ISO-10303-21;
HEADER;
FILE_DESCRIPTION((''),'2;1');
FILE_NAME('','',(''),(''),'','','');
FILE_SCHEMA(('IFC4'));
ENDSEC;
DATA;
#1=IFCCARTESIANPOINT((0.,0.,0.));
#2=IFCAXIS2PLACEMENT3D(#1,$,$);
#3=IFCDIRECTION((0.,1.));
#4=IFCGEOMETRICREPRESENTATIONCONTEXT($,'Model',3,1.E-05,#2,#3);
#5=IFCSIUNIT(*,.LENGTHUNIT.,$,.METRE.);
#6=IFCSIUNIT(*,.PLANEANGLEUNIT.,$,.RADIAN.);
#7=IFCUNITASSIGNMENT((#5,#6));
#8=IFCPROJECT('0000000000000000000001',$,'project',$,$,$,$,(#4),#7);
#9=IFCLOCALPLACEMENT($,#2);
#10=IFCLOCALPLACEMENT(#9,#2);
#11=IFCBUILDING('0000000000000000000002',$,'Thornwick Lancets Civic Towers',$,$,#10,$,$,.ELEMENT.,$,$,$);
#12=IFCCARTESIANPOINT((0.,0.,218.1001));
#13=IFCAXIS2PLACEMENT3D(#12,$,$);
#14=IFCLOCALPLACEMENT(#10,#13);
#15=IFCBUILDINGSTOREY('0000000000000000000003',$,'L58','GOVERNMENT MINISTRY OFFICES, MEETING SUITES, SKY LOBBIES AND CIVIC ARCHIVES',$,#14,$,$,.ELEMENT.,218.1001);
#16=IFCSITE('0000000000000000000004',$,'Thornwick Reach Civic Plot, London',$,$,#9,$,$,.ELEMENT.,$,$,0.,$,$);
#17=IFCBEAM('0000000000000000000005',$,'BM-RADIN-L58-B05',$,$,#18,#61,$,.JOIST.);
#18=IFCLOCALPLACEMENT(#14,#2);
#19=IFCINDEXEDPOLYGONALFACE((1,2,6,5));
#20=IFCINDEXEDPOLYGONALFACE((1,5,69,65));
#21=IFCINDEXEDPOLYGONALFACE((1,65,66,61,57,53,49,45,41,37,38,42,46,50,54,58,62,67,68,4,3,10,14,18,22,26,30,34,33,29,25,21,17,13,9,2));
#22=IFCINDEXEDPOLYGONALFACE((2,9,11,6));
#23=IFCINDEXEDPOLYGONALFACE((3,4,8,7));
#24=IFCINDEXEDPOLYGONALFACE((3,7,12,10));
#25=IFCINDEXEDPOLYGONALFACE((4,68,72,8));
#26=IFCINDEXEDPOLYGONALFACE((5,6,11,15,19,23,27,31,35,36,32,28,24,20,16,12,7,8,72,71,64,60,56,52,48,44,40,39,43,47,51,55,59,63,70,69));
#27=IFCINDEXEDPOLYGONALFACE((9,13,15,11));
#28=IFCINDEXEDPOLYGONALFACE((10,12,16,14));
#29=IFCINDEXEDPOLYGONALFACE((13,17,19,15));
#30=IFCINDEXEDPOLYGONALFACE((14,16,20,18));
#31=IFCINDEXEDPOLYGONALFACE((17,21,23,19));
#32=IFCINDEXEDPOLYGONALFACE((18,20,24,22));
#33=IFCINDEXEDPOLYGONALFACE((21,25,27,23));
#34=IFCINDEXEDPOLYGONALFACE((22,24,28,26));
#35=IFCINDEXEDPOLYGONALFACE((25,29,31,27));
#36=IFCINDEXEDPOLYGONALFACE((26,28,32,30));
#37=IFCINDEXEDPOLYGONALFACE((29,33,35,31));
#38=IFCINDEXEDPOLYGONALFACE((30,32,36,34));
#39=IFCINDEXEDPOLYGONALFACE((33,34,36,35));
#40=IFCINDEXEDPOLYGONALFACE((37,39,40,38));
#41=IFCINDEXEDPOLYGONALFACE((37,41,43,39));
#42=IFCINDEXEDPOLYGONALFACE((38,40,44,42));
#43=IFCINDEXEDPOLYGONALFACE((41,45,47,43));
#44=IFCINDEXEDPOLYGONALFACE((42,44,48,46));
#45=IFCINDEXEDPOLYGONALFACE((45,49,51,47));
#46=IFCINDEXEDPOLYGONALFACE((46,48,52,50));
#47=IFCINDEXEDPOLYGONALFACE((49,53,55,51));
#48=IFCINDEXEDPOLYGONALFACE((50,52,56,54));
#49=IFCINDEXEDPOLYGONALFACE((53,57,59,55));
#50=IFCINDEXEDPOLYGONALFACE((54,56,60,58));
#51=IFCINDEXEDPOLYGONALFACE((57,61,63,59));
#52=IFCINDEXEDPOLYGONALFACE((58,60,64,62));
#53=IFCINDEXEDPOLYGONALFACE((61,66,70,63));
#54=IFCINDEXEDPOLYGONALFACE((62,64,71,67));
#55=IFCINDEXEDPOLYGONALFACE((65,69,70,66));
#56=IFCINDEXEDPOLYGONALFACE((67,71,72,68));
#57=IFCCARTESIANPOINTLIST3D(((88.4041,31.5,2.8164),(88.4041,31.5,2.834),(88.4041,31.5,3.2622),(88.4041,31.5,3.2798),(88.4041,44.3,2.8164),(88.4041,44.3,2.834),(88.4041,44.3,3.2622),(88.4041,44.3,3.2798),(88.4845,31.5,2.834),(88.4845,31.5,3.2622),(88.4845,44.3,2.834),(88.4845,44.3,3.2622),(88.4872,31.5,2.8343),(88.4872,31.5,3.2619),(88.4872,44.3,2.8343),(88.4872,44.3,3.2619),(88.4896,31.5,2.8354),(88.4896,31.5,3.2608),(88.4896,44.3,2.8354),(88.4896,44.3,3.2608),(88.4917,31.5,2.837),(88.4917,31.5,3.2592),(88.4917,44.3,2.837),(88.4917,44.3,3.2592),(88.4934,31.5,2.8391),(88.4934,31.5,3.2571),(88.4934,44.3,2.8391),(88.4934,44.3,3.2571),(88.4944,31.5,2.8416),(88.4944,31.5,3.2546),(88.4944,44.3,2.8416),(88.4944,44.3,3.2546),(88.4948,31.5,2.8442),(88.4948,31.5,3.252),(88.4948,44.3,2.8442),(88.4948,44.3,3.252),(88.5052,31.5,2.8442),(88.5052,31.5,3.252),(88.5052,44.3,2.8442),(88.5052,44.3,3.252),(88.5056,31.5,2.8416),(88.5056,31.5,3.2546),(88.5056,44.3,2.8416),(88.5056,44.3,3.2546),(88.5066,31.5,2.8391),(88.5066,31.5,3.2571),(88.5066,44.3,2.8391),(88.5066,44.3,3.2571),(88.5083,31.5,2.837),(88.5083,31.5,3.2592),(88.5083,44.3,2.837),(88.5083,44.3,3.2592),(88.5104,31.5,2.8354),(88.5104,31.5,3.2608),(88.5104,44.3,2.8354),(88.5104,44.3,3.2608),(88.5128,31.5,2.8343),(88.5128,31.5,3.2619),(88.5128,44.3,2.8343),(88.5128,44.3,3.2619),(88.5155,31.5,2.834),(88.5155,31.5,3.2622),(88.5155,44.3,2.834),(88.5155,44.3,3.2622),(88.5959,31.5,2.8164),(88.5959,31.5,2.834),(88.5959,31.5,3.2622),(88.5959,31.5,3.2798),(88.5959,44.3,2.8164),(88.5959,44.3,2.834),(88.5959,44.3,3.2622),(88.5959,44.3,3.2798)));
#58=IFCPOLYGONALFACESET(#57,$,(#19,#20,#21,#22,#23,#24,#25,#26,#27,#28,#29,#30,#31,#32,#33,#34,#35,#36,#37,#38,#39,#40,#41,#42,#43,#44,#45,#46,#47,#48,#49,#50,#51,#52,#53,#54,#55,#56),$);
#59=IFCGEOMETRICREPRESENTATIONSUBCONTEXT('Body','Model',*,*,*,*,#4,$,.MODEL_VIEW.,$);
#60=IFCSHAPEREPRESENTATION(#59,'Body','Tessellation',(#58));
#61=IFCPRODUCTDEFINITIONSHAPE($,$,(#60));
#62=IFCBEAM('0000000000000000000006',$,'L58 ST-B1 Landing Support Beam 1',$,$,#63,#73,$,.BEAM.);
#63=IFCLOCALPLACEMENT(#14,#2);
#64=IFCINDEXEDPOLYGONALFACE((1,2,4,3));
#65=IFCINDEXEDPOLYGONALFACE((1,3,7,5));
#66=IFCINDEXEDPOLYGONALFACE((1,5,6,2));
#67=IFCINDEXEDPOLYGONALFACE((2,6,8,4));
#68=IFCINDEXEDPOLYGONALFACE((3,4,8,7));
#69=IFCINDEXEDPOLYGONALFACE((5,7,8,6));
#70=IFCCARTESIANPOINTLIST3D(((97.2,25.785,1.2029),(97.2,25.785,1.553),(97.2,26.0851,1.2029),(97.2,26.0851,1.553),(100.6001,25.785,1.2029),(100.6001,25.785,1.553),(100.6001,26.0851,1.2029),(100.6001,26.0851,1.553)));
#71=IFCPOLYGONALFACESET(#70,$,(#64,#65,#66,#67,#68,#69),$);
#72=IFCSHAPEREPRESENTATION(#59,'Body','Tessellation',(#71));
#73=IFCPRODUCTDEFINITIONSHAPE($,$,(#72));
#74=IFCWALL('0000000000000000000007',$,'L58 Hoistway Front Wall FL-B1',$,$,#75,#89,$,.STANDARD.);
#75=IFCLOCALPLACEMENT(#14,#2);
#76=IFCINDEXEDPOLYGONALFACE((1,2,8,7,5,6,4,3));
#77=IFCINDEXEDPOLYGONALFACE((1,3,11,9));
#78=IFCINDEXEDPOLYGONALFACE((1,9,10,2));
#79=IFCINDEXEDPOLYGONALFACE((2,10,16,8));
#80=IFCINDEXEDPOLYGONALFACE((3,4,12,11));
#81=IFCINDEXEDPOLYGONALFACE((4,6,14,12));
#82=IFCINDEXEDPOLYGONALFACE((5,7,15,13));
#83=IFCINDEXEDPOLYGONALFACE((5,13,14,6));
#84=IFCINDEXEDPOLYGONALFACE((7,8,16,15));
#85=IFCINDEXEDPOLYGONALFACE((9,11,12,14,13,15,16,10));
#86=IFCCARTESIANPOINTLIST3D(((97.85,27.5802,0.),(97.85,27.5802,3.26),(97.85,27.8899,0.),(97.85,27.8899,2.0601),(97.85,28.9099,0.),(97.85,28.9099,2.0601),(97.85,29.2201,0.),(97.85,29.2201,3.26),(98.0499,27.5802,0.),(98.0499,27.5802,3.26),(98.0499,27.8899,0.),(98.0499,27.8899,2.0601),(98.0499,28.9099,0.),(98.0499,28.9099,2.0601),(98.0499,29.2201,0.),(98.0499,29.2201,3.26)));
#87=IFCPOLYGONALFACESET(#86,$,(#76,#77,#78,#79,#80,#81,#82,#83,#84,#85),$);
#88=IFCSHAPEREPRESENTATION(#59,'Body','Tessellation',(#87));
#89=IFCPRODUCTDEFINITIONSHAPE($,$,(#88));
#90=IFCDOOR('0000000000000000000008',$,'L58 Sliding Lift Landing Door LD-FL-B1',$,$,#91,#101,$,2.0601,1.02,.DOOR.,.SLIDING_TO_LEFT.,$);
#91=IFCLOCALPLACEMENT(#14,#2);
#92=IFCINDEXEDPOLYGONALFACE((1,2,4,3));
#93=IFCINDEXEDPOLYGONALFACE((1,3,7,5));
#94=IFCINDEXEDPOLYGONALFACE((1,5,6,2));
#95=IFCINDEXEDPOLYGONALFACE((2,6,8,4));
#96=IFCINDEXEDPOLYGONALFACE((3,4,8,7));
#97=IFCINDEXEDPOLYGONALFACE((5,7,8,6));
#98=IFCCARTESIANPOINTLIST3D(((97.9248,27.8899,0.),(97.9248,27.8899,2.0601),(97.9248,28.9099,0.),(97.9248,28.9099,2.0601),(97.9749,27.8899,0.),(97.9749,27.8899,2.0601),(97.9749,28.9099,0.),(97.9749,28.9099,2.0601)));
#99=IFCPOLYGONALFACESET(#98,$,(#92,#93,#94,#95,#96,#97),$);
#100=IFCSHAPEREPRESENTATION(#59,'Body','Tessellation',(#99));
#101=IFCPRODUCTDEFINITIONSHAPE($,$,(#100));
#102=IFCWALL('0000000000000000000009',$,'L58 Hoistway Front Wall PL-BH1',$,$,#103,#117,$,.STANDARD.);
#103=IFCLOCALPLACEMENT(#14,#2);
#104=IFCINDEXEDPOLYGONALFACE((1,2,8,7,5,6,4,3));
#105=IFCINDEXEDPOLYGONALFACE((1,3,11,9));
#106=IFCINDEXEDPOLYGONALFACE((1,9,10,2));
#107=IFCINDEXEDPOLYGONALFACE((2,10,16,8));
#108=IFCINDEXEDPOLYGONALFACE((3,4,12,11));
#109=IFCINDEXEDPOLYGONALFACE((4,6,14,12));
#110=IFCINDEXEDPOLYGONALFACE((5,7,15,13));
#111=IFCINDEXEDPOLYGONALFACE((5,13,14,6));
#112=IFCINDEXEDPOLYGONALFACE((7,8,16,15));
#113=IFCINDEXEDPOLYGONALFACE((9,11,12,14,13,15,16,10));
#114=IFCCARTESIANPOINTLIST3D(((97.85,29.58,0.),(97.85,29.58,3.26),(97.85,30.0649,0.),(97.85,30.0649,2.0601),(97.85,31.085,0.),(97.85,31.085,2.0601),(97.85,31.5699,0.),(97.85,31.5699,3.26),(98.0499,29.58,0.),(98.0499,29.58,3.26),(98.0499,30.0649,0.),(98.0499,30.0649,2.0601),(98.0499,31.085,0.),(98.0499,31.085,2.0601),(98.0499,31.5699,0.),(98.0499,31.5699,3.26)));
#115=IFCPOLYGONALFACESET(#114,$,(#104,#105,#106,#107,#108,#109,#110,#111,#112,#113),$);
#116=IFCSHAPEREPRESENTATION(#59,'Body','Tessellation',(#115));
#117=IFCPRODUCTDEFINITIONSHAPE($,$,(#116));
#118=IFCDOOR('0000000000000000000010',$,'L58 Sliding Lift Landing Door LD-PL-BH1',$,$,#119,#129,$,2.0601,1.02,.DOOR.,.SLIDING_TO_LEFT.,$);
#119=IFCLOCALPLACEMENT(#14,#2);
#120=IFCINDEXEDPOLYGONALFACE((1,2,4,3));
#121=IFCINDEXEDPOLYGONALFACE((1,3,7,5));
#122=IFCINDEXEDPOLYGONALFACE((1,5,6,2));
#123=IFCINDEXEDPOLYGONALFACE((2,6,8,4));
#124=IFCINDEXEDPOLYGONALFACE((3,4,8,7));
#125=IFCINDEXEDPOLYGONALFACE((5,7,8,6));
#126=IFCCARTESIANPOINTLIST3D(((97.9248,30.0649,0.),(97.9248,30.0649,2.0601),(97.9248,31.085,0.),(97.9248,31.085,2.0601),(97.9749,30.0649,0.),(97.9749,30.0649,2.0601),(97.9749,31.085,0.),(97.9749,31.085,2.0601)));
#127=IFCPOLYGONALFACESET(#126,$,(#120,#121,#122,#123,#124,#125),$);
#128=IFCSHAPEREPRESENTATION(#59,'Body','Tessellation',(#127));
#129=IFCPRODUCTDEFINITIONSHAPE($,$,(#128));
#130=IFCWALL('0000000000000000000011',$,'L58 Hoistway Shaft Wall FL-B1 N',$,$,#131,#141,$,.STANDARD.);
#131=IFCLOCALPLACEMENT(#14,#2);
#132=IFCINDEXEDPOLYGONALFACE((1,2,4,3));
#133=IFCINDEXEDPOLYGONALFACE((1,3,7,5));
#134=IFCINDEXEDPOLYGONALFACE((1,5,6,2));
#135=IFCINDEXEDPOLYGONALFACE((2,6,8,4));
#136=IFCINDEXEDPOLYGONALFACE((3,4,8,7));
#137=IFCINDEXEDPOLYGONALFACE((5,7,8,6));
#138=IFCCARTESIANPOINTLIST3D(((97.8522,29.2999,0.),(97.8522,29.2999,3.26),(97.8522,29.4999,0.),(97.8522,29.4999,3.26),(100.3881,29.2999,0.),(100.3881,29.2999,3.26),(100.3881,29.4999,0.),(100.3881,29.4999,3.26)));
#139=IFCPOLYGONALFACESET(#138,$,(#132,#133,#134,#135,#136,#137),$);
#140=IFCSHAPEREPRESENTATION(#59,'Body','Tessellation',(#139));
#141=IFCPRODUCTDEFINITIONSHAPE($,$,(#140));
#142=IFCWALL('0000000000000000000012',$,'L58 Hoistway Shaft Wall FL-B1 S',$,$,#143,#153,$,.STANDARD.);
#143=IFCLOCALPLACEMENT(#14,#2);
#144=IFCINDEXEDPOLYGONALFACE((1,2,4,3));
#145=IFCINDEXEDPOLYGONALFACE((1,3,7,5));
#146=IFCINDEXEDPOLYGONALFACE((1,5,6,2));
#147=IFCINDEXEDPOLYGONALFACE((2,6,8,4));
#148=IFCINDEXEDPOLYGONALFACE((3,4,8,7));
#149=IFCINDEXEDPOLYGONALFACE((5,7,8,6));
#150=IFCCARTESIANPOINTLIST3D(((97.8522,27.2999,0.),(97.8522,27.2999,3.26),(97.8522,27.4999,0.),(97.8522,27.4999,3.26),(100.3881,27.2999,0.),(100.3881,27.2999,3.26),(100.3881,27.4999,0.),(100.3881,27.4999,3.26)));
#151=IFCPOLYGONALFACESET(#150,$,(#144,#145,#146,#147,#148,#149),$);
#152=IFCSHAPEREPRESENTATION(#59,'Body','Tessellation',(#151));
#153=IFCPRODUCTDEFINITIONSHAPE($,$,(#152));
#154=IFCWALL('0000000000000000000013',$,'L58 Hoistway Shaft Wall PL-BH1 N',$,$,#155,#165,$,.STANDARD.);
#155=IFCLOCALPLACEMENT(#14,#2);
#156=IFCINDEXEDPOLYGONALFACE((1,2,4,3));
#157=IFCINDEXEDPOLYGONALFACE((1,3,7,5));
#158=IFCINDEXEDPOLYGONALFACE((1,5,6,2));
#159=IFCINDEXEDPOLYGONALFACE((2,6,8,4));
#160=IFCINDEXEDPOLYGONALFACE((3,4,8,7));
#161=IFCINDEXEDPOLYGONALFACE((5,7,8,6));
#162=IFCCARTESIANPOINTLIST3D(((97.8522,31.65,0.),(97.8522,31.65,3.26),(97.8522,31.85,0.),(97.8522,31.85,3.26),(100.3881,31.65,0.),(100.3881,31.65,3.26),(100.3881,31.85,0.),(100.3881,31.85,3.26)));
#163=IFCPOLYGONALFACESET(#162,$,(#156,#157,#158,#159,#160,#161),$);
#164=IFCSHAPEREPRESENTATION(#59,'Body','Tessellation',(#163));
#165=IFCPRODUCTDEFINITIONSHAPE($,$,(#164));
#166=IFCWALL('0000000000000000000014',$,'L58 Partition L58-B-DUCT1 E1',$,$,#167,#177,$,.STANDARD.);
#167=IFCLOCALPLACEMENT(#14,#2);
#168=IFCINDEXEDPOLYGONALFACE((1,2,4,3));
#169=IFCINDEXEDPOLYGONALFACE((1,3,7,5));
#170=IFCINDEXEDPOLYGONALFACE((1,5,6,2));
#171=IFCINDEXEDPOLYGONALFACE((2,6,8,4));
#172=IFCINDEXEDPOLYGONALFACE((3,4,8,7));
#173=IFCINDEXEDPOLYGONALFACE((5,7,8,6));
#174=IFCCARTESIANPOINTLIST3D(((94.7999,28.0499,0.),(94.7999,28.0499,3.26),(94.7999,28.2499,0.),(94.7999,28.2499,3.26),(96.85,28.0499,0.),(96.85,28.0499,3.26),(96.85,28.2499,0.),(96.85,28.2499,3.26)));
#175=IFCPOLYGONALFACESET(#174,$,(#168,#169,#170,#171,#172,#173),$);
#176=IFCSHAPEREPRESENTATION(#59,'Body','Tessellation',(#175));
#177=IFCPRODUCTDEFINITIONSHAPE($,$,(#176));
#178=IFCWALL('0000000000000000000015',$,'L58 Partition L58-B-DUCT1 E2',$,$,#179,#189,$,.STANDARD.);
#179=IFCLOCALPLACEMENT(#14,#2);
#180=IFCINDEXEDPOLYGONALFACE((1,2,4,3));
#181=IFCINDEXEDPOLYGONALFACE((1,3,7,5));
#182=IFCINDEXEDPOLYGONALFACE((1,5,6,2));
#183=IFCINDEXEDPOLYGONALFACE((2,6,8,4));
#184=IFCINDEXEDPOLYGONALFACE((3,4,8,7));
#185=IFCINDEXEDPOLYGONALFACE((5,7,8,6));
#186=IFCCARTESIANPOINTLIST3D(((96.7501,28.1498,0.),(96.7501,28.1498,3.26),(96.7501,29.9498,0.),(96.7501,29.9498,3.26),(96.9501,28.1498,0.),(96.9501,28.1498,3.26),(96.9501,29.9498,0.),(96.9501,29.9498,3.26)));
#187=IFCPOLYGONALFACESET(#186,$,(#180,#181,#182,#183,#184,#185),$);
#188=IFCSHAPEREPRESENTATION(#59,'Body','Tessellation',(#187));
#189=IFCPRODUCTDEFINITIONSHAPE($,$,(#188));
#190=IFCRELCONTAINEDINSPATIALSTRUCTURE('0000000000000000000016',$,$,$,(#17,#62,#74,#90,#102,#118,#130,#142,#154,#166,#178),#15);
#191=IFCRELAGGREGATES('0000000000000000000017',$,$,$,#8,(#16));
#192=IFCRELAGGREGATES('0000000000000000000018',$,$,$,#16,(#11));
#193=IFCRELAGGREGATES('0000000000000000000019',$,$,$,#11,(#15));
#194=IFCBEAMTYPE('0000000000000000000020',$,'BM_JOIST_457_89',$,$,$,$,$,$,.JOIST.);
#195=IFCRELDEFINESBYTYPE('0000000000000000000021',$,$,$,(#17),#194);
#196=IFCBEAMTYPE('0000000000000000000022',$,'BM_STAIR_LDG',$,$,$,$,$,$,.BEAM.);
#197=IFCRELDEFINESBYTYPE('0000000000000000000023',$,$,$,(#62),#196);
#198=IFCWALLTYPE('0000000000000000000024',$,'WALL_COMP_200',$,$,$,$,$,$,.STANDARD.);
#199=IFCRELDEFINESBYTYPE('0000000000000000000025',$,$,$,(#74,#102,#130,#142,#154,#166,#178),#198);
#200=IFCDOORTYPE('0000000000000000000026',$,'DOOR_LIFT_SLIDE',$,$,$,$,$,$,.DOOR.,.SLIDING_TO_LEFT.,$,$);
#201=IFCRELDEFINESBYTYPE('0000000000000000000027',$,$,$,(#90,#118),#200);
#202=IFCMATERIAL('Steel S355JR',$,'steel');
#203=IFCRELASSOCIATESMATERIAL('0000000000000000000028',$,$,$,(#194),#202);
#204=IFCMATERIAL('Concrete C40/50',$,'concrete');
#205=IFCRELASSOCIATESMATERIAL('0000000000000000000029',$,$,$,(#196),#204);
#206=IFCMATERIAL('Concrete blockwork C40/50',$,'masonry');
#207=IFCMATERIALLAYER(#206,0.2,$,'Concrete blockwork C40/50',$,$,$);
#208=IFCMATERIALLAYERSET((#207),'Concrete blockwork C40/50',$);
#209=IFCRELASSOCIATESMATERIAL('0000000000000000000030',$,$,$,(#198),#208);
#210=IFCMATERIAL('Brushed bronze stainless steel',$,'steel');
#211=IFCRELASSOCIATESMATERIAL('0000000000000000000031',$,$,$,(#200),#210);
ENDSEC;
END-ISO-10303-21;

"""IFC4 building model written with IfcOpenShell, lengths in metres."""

from ifc_helpers import new_model, si_unit, direction, frame, frame_2d, origin, origin_2d, place, context, subcontext, project, spatial, rectangle, i_section, extrude, material, layer, layer_set, material_profile, profile_set, type_object, element, fill, save


model = new_model("IFC4")

# Units and contexts
model_context = context("Model", 3, precision=1e-05, world=origin(), true_north=direction((0.0, 1.0)))
body_context = subcontext(model_context, "Body", "Model", "MODEL_VIEW")
ifc_project = project(units=[si_unit("LENGTHUNIT", "METRE"), si_unit("PLANEANGLEUNIT", "RADIAN")], contexts=[model_context])

# Site, building, storey
site_placement = place(None, origin())
site = spatial("IfcSite", under=ifc_project, at=site_placement, Name="Thornwick Reach Civic Plot, London", CompositionType="ELEMENT", RefElevation=0.0)
building_placement = place(site_placement, origin())
building = spatial("IfcBuilding", under=site, at=building_placement, Name="Thornwick Lancets Civic Towers", CompositionType="ELEMENT")
storey_placement = place(building_placement, frame((0.0, 0.0, 218.1001)))
storey = spatial("IfcBuildingStorey", under=building, at=storey_placement, Name="L58", Description="GOVERNMENT MINISTRY OFFICES, MEETING SUITES, SKY LOBBIES AND CIVIC ARCHIVES", CompositionType="ELEMENT", Elevation=218.1001)

# Beams
ifc_material_1 = material(Name="Steel S355JR", Category="steel")
ifc_material_profile_1 = material_profile(ifc_material_1, i_section(OverallWidth=0.1919, OverallDepth=0.4634, WebThickness=0.0105, FlangeThickness=0.0176, FilletRadius=0.0103, at=origin_2d()), Name="UKB 457x191x89")
ifc_profile_set_1 = profile_set([ifc_material_profile_1], Name="Steel S355JR")
beam_type_1 = type_object("IfcBeamType", Name="BM_JOIST_457_89", PredefinedType="JOIST", material=ifc_profile_set_1)
beam_1_placement = place(storey_placement, frame((88.5, 31.5, 3.0481), z_axis=(0.0, 1.0, 0.0), x_axis=(-1.0, 0.0, 0.0)))
element("IfcBeam", 1, at=beam_1_placement, inside=storey, type_object=beam_type_1, Name="BM-RADIN-L58-B05", PredefinedType="JOIST", context=body_context, shape_type="SweptSolid", body=[
    extrude(i_section(OverallWidth=0.1919, OverallDepth=0.4634, WebThickness=0.0105, FlangeThickness=0.0176, FilletRadius=0.0103, at=origin_2d()), origin(), (0.0, 0.0, 1.0), 12.8),
])
ifc_material_2 = material(Name="Concrete C40/50", Category="concrete")
ifc_material_profile_2 = material_profile(ifc_material_2, rectangle(XDim=0.3, YDim=0.3501, at=origin_2d()), Name="RC 300x350")
ifc_profile_set_2 = profile_set([ifc_material_profile_2], Name="Concrete C40/50")
beam_type_2 = type_object("IfcBeamType", Name="BM_STAIR_LDG", PredefinedType="BEAM", material=ifc_profile_set_2)
beam_2_placement = place(storey_placement, frame((100.6001, 25.9351, 1.3779), z_axis=(-1.0, 0.0, 0.0), x_axis=(0.0, -1.0, 0.0)))
element("IfcBeam", 2, at=beam_2_placement, inside=storey, type_object=beam_type_2, Name="L58 ST-B1 Landing Support Beam 1", PredefinedType="BEAM", context=body_context, shape_type="SweptSolid", body=[
    extrude(rectangle(XDim=0.3, YDim=0.3501, at=origin_2d()), origin(), (0.0, 0.0, 1.0), 3.4001),
])

# Walls, openings, doors
ifc_material_3 = material(Name="Concrete blockwork C40/50", Category="masonry")
ifc_layer_1 = layer(ifc_material_3, 0.2, Name="Concrete blockwork C40/50")
ifc_layer_set_1 = layer_set([ifc_layer_1], Name="Concrete blockwork C40/50")
wall_type_1 = type_object("IfcWallType", Name="WALL_COMP_200", PredefinedType="STANDARD", material=ifc_layer_set_1)
wall_1_placement = place(storey_placement, frame((97.95, 29.22, 0.0), z_axis=(0.0, 0.0, 1.0), x_axis=(0.0, -1.0, 0.0)))
wall_1 = element("IfcWall", 3, at=wall_1_placement, inside=storey, type_object=wall_type_1, Name="L58 Hoistway Front Wall FL-B1", PredefinedType="STANDARD", context=body_context, shape_type="SweptSolid", body=[
    extrude(rectangle(XDim=1.6399, YDim=0.2, at=frame_2d((0.8198, 0.0))), origin(), (0.0, 0.0, 1.0), 3.26),
])
opening_1_placement = place(wall_1_placement, frame((0.3101, 0.0, 0.0)))
opening_1 = element("IfcOpeningElement", 4, at=opening_1_placement, cuts=wall_1, PredefinedType="OPENING", context=body_context, shape_type="SweptSolid", body=[
    extrude(rectangle(XDim=1.02, YDim=2.0601, at=frame_2d((0.51, 1.03))), frame((0.0, 0.1099, 0.0), z_axis=(0.0, -1.0, 0.0), x_axis=(1.0, 0.0, 0.0)), (0.0, 0.0, 1.0), 0.22),
])
ifc_material_4 = material(Name="Brushed bronze stainless steel", Category="steel")
door_type_1 = type_object("IfcDoorType", Name="DOOR_LIFT_SLIDE", OperationType="SLIDING_TO_LEFT", PredefinedType="DOOR", material=ifc_material_4)
door_1_placement = place(opening_1_placement, origin())
door_1 = element("IfcDoor", 5, at=door_1_placement, inside=storey, type_object=door_type_1, Name="L58 Sliding Lift Landing Door LD-FL-B1", OperationType="SLIDING_TO_LEFT", OverallHeight=2.0601, OverallWidth=1.02, PredefinedType="DOOR", context=body_context, shape_type="SweptSolid", body=[
    extrude(rectangle(XDim=1.02, YDim=2.0601, at=frame_2d((0.51, 1.03))), frame((0.0, 0.0249, 0.0), z_axis=(0.0, -1.0, 0.0), x_axis=(1.0, 0.0, 0.0)), (0.0, 0.0, 1.0), 0.05),
])
fill(opening_1, door_1)
wall_2_placement = place(storey_placement, frame((97.95, 31.5701, 0.0), z_axis=(0.0, 0.0, 1.0), x_axis=(0.0, -1.0, 0.0)))
wall_2 = element("IfcWall", 6, at=wall_2_placement, inside=storey, type_object=wall_type_1, Name="L58 Hoistway Front Wall PL-BH1", PredefinedType="STANDARD", context=body_context, shape_type="SweptSolid", body=[
    extrude(rectangle(XDim=1.99, YDim=0.2, at=frame_2d((0.9951, 0.0))), origin(), (0.0, 0.0, 1.0), 3.26),
])
opening_2_placement = place(wall_2_placement, frame((0.4851, 0.0, 0.0)))
opening_2 = element("IfcOpeningElement", 7, at=opening_2_placement, cuts=wall_2, PredefinedType="OPENING", context=body_context, shape_type="SweptSolid", body=[
    extrude(rectangle(XDim=1.02, YDim=2.0601, at=frame_2d((0.51, 1.03))), frame((0.0, 0.1099, 0.0), z_axis=(0.0, -1.0, 0.0), x_axis=(1.0, 0.0, 0.0)), (0.0, 0.0, 1.0), 0.22),
])
door_2_placement = place(opening_2_placement, origin())
door_2 = element("IfcDoor", 8, at=door_2_placement, inside=storey, type_object=door_type_1, Name="L58 Sliding Lift Landing Door LD-PL-BH1", OperationType="SLIDING_TO_LEFT", OverallHeight=2.0601, OverallWidth=1.02, PredefinedType="DOOR", context=body_context, shape_type="SweptSolid", body=[
    extrude(rectangle(XDim=1.02, YDim=2.0601, at=frame_2d((0.51, 1.03))), frame((0.0, 0.0249, 0.0), z_axis=(0.0, -1.0, 0.0), x_axis=(1.0, 0.0, 0.0)), (0.0, 0.0, 1.0), 0.05),
])
fill(opening_2, door_2)

# Walls
for number, where, z_axis, x_axis, name in (
    (9, (97.8521, 29.3999, 0.0), (0.0, 0.0, 1.0), (1.0, 0.0, 0.0), "L58 Hoistway Shaft Wall FL-B1 N"),
    (10, (97.8521, 27.3999, 0.0), (0.0, 0.0, 1.0), (1.0, 0.0, 0.0), "L58 Hoistway Shaft Wall FL-B1 S"),
    (11, (97.8521, 31.75, 0.0), (0.0, 0.0, 1.0), (1.0, 0.0, 0.0), "L58 Hoistway Shaft Wall PL-BH1 N"),
):
    element("IfcWall", number, at=place(storey_placement, frame(where, z_axis=z_axis, x_axis=x_axis)), inside=storey, type_object=wall_type_1, Name=name, PredefinedType="STANDARD", context=body_context, shape_type="SweptSolid", body=[
        extrude(rectangle(XDim=2.5359, YDim=0.2, at=frame_2d((1.2681, 0.0))), origin(), (0.0, 0.0, 1.0), 3.26),
    ])
wall_3_placement = place(storey_placement, frame((94.8, 28.1499, 0.0), z_axis=(0.0, 0.0, 1.0), x_axis=(1.0, 0.0, 0.0)))
element("IfcWall", 12, at=wall_3_placement, inside=storey, type_object=wall_type_1, Name="L58 Partition L58-B-DUCT1 E1", PredefinedType="STANDARD", context=body_context, shape_type="SweptSolid", body=[
    extrude(rectangle(XDim=2.05, YDim=0.2, at=frame_2d((1.0249, 0.0))), origin(), (0.0, 0.0, 1.0), 3.26),
])
wall_4_placement = place(storey_placement, frame((96.8501, 28.1499, 0.0), z_axis=(0.0, 0.0, 1.0), x_axis=(0.0, 1.0, 0.0)))
element("IfcWall", 13, at=wall_4_placement, inside=storey, type_object=wall_type_1, Name="L58 Partition L58-B-DUCT1 E2", PredefinedType="STANDARD", context=body_context, shape_type="SweptSolid", body=[
    extrude(rectangle(XDim=1.8, YDim=0.2, at=frame_2d((0.8999, 0.0))), origin(), (0.0, 0.0, 1.0), 3.26),
])

save(model, "model.ifc")
